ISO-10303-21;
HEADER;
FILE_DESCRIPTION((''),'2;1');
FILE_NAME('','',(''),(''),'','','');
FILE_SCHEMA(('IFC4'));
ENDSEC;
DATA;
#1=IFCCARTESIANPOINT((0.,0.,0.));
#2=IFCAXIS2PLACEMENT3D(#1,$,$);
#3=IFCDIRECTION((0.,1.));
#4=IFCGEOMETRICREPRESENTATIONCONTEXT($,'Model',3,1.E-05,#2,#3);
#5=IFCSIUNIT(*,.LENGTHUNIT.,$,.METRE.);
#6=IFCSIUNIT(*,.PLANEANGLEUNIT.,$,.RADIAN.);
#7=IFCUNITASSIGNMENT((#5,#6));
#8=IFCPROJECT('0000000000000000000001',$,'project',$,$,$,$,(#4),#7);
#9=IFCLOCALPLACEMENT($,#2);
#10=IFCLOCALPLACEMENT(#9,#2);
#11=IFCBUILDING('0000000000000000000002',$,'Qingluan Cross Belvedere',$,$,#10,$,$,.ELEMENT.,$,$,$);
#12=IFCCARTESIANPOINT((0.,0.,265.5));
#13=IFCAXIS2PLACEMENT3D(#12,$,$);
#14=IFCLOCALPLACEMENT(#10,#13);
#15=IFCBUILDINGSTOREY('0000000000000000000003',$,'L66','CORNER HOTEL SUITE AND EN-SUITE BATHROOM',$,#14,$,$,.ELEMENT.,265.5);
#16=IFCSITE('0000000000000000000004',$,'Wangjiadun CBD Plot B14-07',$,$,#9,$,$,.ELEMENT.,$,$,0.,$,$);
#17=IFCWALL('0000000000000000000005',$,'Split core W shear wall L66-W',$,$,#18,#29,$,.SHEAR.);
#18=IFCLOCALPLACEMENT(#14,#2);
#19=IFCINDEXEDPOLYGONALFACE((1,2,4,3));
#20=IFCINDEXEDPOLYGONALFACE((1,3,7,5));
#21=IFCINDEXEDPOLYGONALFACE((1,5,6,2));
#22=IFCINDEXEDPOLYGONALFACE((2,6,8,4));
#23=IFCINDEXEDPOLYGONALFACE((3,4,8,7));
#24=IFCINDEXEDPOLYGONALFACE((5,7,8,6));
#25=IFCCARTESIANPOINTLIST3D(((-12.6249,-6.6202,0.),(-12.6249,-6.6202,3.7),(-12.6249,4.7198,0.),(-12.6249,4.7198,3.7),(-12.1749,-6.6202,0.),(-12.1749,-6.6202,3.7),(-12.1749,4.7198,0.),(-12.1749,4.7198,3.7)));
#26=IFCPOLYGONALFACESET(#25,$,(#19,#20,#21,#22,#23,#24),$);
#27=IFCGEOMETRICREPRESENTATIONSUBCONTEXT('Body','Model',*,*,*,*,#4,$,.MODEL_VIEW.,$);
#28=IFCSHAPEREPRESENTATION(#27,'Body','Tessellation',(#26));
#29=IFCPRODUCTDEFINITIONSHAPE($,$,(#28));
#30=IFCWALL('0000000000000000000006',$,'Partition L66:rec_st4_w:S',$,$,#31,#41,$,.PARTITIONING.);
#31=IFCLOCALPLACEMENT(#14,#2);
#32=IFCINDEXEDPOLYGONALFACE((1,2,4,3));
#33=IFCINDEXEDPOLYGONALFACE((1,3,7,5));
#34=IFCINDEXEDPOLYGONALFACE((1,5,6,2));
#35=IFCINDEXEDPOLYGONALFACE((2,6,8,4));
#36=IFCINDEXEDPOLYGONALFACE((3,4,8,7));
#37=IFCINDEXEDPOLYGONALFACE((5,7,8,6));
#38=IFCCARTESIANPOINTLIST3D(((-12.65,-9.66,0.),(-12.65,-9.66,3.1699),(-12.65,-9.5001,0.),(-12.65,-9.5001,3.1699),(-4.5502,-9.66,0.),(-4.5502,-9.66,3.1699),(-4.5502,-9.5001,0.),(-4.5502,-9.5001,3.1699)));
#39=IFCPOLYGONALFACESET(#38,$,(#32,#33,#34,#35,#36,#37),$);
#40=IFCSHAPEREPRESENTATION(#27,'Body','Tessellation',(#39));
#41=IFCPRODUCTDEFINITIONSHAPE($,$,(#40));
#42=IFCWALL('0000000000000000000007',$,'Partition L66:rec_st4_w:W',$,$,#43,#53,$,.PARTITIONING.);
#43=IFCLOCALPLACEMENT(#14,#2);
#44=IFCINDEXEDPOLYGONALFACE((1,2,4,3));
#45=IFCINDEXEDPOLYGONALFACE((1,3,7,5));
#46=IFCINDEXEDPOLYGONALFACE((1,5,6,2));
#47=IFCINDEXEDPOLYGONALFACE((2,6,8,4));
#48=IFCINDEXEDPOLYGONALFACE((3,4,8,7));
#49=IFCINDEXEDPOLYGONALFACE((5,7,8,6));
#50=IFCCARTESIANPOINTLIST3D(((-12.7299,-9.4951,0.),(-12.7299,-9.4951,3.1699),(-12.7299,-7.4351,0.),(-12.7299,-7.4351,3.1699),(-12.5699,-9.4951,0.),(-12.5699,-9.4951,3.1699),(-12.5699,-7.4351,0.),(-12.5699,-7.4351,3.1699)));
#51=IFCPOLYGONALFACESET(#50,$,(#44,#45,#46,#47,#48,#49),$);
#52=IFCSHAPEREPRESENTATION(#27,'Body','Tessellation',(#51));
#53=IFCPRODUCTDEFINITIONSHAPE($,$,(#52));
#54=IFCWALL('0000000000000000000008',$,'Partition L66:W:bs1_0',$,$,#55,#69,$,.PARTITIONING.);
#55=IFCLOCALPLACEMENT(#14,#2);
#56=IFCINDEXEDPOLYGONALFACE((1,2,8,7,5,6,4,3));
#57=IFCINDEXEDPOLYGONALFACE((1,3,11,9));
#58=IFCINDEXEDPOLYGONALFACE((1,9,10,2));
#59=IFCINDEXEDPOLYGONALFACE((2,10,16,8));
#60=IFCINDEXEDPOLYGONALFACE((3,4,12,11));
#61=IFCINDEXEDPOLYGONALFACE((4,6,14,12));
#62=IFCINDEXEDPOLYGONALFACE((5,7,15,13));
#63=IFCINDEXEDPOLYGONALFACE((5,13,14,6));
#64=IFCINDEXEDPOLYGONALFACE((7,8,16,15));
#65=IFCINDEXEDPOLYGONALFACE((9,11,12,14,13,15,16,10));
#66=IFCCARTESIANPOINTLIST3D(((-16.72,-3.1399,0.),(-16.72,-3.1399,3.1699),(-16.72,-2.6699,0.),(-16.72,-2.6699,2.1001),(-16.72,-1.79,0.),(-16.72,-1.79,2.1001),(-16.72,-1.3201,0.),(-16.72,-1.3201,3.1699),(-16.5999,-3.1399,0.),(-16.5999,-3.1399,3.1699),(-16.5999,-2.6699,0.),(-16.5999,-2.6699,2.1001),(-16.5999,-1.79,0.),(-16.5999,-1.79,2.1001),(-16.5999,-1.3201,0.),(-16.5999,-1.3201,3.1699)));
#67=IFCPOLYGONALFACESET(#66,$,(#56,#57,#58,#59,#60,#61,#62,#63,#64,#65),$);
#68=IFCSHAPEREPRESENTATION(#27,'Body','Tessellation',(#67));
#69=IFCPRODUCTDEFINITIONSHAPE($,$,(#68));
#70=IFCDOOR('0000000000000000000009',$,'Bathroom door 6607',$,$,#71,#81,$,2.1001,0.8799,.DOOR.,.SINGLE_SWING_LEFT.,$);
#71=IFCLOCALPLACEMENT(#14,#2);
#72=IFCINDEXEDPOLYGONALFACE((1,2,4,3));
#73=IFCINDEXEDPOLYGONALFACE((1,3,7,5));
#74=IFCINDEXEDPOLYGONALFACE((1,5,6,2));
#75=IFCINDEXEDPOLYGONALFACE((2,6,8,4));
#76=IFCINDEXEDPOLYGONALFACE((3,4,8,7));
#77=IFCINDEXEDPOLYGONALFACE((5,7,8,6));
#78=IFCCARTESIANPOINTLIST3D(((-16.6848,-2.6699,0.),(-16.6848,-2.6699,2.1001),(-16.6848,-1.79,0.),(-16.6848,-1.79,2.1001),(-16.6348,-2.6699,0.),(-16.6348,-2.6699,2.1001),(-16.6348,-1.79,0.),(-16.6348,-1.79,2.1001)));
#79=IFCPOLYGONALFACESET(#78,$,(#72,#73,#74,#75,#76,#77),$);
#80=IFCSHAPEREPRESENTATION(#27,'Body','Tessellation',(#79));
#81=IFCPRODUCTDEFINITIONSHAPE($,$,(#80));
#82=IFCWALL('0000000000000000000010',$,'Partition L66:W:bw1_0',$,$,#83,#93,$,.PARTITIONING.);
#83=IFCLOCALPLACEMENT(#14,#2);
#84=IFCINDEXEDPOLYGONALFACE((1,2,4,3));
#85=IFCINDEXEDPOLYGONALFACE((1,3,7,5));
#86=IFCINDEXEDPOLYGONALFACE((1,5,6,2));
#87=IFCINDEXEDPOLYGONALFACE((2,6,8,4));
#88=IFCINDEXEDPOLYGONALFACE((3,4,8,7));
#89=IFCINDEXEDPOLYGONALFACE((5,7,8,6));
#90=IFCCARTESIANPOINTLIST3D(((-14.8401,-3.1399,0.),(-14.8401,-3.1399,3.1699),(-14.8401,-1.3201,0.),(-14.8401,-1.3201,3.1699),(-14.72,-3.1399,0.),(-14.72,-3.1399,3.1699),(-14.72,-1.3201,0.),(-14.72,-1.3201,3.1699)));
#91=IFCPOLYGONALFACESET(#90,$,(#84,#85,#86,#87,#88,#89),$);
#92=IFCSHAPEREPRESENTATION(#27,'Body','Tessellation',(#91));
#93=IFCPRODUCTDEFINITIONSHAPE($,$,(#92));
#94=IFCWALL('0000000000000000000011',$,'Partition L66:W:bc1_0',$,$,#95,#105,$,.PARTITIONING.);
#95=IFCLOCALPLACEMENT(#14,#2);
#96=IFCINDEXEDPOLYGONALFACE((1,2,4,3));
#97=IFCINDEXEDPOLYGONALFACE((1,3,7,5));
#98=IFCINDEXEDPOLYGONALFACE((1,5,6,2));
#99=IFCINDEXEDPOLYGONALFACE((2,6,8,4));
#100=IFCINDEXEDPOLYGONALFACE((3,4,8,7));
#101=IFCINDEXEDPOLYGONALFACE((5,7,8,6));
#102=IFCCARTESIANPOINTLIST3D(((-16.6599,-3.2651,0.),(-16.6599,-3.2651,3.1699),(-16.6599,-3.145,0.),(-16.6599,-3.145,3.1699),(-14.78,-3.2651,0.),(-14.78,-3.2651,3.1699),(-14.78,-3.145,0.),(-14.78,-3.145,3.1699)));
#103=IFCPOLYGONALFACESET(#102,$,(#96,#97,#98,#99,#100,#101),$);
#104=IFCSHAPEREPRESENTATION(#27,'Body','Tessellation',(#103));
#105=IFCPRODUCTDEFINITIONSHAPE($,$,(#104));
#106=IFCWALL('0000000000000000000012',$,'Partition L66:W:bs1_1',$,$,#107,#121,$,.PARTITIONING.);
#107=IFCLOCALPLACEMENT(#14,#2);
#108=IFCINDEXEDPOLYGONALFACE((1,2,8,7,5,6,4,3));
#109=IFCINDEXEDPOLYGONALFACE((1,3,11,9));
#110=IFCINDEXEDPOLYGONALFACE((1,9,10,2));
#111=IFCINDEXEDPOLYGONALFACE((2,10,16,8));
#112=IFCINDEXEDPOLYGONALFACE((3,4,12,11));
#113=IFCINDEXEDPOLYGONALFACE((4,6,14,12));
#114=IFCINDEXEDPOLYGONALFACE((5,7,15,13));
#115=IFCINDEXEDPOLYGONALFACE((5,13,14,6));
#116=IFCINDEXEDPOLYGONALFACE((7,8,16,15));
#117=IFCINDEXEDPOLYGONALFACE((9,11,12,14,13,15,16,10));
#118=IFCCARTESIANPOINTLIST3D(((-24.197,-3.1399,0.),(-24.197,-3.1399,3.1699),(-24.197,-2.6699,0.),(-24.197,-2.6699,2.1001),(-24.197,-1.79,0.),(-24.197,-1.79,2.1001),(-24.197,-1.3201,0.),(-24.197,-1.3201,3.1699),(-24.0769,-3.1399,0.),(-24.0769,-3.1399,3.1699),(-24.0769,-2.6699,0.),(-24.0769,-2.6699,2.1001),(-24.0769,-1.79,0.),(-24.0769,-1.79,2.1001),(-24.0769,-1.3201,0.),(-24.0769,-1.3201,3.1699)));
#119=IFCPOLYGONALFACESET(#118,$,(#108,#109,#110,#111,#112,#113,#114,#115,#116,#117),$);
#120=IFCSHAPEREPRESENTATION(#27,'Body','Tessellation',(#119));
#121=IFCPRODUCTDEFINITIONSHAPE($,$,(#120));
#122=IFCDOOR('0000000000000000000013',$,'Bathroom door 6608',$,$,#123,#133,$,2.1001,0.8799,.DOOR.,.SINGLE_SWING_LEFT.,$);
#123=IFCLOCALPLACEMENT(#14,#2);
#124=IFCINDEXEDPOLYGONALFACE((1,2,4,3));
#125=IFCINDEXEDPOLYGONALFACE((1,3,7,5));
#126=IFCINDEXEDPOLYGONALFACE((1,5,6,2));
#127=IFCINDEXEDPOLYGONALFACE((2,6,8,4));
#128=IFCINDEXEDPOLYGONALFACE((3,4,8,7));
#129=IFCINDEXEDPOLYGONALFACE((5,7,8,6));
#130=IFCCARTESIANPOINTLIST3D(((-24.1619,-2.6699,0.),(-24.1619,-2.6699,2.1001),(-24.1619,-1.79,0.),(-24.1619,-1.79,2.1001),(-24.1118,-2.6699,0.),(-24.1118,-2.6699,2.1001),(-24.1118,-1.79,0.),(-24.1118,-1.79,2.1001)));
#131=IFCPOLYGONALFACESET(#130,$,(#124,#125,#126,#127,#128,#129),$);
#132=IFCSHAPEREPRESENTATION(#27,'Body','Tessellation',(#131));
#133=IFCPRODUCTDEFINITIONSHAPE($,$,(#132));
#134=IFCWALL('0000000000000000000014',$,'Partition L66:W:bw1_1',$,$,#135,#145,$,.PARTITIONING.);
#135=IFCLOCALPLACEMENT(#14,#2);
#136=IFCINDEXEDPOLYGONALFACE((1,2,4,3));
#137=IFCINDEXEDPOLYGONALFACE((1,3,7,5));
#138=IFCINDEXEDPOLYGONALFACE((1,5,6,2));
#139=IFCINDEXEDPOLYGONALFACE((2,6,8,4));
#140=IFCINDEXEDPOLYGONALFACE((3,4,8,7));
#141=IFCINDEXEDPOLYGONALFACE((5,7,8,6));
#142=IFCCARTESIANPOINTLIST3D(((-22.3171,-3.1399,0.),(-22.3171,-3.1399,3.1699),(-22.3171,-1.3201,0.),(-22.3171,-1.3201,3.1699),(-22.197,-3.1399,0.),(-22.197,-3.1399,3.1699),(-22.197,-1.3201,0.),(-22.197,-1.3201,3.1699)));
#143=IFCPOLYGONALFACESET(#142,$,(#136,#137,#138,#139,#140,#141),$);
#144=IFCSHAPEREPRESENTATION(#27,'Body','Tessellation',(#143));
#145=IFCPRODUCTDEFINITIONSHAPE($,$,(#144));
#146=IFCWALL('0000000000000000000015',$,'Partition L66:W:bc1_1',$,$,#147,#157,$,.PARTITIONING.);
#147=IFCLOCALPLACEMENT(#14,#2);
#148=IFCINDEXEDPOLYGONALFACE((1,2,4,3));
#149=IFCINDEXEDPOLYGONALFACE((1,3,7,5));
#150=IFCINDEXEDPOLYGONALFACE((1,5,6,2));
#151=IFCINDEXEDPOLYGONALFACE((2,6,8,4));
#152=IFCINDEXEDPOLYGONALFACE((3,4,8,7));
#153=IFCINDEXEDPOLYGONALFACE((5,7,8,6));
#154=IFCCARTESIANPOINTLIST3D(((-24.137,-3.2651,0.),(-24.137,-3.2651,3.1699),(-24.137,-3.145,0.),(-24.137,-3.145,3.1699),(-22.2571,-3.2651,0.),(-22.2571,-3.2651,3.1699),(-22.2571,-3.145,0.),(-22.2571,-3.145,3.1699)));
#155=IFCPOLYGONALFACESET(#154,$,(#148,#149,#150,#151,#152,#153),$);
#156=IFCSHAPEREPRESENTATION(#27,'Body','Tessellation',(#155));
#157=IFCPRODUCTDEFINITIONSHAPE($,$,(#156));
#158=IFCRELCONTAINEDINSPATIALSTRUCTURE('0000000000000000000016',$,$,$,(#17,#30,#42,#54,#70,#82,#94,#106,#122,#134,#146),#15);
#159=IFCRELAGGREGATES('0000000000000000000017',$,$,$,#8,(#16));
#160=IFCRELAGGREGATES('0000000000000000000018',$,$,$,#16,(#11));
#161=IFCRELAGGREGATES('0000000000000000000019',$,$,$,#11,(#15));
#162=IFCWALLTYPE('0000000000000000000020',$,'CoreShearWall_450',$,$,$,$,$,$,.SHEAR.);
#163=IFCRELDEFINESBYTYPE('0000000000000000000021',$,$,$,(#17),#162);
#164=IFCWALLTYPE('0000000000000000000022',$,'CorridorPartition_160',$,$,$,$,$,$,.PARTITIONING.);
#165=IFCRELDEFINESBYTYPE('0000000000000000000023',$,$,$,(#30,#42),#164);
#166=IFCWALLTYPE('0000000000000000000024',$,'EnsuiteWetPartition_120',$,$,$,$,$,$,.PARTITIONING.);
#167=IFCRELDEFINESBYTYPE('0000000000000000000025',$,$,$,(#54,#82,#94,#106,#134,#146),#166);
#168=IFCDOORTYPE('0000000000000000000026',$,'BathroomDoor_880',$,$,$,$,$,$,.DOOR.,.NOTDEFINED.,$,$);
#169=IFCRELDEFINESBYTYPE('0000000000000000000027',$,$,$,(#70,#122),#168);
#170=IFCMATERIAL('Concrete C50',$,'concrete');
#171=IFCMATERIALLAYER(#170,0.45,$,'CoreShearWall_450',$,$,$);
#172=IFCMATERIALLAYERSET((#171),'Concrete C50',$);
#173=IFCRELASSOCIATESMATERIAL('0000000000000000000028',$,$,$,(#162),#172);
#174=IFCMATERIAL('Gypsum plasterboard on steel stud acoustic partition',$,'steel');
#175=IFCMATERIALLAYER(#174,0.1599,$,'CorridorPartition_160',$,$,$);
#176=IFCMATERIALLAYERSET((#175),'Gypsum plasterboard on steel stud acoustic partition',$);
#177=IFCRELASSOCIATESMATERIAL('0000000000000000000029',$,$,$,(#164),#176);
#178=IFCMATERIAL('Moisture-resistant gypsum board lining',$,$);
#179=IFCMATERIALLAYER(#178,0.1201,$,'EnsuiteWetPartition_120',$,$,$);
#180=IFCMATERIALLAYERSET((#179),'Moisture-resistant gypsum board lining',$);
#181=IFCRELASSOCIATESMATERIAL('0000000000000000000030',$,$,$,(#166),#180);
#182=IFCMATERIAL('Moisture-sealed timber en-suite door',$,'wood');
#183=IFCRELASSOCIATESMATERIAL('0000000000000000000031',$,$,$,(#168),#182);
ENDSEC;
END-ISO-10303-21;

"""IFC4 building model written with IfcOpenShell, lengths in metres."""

from ifc_helpers import new_model, si_unit, direction, frame, frame_2d, origin, place, context, subcontext, project, spatial, rectangle, extrude, material, layer, layer_set, type_object, element, fill, save


model = new_model("IFC4")

# Units and contexts
model_context = context("Model", 3, precision=1e-05, world=origin(), true_north=direction((0.0, 1.0)))
body_context = subcontext(model_context, "Body", "Model", "MODEL_VIEW")
ifc_project = project(units=[si_unit("LENGTHUNIT", "METRE"), si_unit("PLANEANGLEUNIT", "RADIAN")], contexts=[model_context])

# Site, building, storey
site_placement = place(None, origin())
site = spatial("IfcSite", under=ifc_project, at=site_placement, Name="Wangjiadun CBD Plot B14-07", CompositionType="ELEMENT", RefElevation=0.0)
building_placement = place(site_placement, origin())
building = spatial("IfcBuilding", under=site, at=building_placement, Name="Qingluan Cross Belvedere", CompositionType="ELEMENT")
storey_placement = place(building_placement, frame((0.0, 0.0, 265.5)))
storey = spatial("IfcBuildingStorey", under=building, at=storey_placement, Name="L66", Description="CORNER HOTEL SUITE AND EN-SUITE BATHROOM", CompositionType="ELEMENT", Elevation=265.5)

# Walls
ifc_material_1 = material(Name="Concrete C50", Category="concrete")
ifc_layer_1 = layer(ifc_material_1, 0.45, Name="CoreShearWall_450")
ifc_layer_set_1 = layer_set([ifc_layer_1], Name="Concrete C50")
wall_type_1 = type_object("IfcWallType", Name="CoreShearWall_450", PredefinedType="SHEAR", material=ifc_layer_set_1)
wall_1_placement = place(storey_placement, frame((-12.3999, -6.6201, 0.0), z_axis=(0.0, 0.0, 1.0), x_axis=(0.0, 1.0, 0.0)))
element("IfcWall", 1, at=wall_1_placement, inside=storey, type_object=wall_type_1, Name="Split core W shear wall L66-W", PredefinedType="SHEAR", context=body_context, shape_type="SweptSolid", body=[
    extrude(rectangle(XDim=11.3401, YDim=0.45, at=frame_2d((5.6699, 0.0))), origin(), (0.0, 0.0, 1.0), 3.7),
])
ifc_material_2 = material(Name="Gypsum plasterboard on steel stud acoustic partition", Category="steel")
ifc_layer_2 = layer(ifc_material_2, 0.1599, Name="CorridorPartition_160")
ifc_layer_set_2 = layer_set([ifc_layer_2], Name="Gypsum plasterboard on steel stud acoustic partition")
wall_type_2 = type_object("IfcWallType", Name="CorridorPartition_160", PredefinedType="PARTITIONING", material=ifc_layer_set_2)
wall_2_placement = place(storey_placement, frame((-12.6499, -9.5801, 0.0), z_axis=(0.0, 0.0, 1.0), x_axis=(1.0, 0.0, 0.0)))
element("IfcWall", 2, at=wall_2_placement, inside=storey, type_object=wall_type_2, Name="Partition L66:rec_st4_w:S", PredefinedType="PARTITIONING", context=body_context, shape_type="SweptSolid", body=[
    extrude(rectangle(XDim=8.0999, YDim=0.1599, at=frame_2d((4.0498, 0.0))), origin(), (0.0, 0.0, 1.0), 3.1699),
])
wall_3_placement = place(storey_placement, frame((-12.6499, -9.4951, 0.0), z_axis=(0.0, 0.0, 1.0), x_axis=(0.0, 1.0, 0.0)))
element("IfcWall", 3, at=wall_3_placement, inside=storey, type_object=wall_type_2, Name="Partition L66:rec_st4_w:W", PredefinedType="PARTITIONING", context=body_context, shape_type="SweptSolid", body=[
    extrude(rectangle(XDim=2.0601, YDim=0.1599, at=frame_2d((1.03, 0.0))), origin(), (0.0, 0.0, 1.0), 3.1699),
])

# Wall, opening, door
ifc_material_3 = material(Name="Moisture-resistant gypsum board lining")
ifc_layer_3 = layer(ifc_material_3, 0.1201, Name="EnsuiteWetPartition_120")
ifc_layer_set_3 = layer_set([ifc_layer_3], Name="Moisture-resistant gypsum board lining")
wall_type_3 = type_object("IfcWallType", Name="EnsuiteWetPartition_120", PredefinedType="PARTITIONING", material=ifc_layer_set_3)
wall_4_placement = place(storey_placement, frame((-16.6599, -3.1399, 0.0), z_axis=(0.0, 0.0, 1.0), x_axis=(0.0, 1.0, 0.0)))
wall_4 = element("IfcWall", 4, at=wall_4_placement, inside=storey, type_object=wall_type_3, Name="Partition L66:W:bs1_0", PredefinedType="PARTITIONING", context=body_context, shape_type="SweptSolid", body=[
    extrude(rectangle(XDim=1.8198, YDim=0.1201, at=frame_2d((0.9099, 0.0))), origin(), (0.0, 0.0, 1.0), 3.1699),
])
opening_1_placement = place(wall_4_placement, frame((0.47, 0.0, 0.0)))
opening_1 = element("IfcOpeningElement", 5, at=opening_1_placement, cuts=wall_4, PredefinedType="OPENING", context=body_context, shape_type="SweptSolid", body=[
    extrude(rectangle(XDim=0.8799, YDim=2.1001, at=frame_2d((0.4399, 1.05))), frame((0.0, 0.0701, 0.0), z_axis=(0.0, -1.0, 0.0), x_axis=(1.0, 0.0, 0.0)), (0.0, 0.0, 1.0), 0.1401),
])
ifc_material_4 = material(Name="Moisture-sealed timber en-suite door", Category="wood")
door_type_1 = type_object("IfcDoorType", Name="BathroomDoor_880", OperationType="NOTDEFINED", PredefinedType="DOOR", material=ifc_material_4)
door_1_placement = place(opening_1_placement, origin())
door_1 = element("IfcDoor", 6, at=door_1_placement, inside=storey, type_object=door_type_1, Name="Bathroom door 6607", OperationType="SINGLE_SWING_LEFT", OverallHeight=2.1001, OverallWidth=0.8799, PredefinedType="DOOR", context=body_context, shape_type="SweptSolid", body=[
    extrude(rectangle(XDim=0.8799, YDim=2.1001, at=frame_2d((0.4399, 1.05))), frame((0.0, 0.0249, 0.0), z_axis=(0.0, -1.0, 0.0), x_axis=(1.0, 0.0, 0.0)), (0.0, 0.0, 1.0), 0.05),
])
fill(opening_1, door_1)

# Walls
wall_5_placement = place(storey_placement, frame((-14.78, -3.1399, 0.0), z_axis=(0.0, 0.0, 1.0), x_axis=(0.0, 1.0, 0.0)))
element("IfcWall", 7, at=wall_5_placement, inside=storey, type_object=wall_type_3, Name="Partition L66:W:bw1_0", PredefinedType="PARTITIONING", context=body_context, shape_type="SweptSolid", body=[
    extrude(rectangle(XDim=1.8198, YDim=0.1201, at=frame_2d((0.9099, 0.0))), origin(), (0.0, 0.0, 1.0), 3.1699),
])
wall_6_placement = place(storey_placement, frame((-14.78, -3.2051, 0.0), z_axis=(0.0, 0.0, 1.0), x_axis=(-1.0, 0.0, 0.0)))
element("IfcWall", 8, at=wall_6_placement, inside=storey, type_object=wall_type_3, Name="Partition L66:W:bc1_0", PredefinedType="PARTITIONING", context=body_context, shape_type="SweptSolid", body=[
    extrude(rectangle(XDim=1.8799, YDim=0.1201, at=frame_2d((0.9399, 0.0))), origin(), (0.0, 0.0, 1.0), 3.1699),
])

# Wall, opening, door
wall_7_placement = place(storey_placement, frame((-24.137, -3.1399, 0.0), z_axis=(0.0, 0.0, 1.0), x_axis=(0.0, 1.0, 0.0)))
wall_7 = element("IfcWall", 9, at=wall_7_placement, inside=storey, type_object=wall_type_3, Name="Partition L66:W:bs1_1", PredefinedType="PARTITIONING", context=body_context, shape_type="SweptSolid", body=[
    extrude(rectangle(XDim=1.8198, YDim=0.1201, at=frame_2d((0.9099, 0.0))), origin(), (0.0, 0.0, 1.0), 3.1699),
])
opening_2_placement = place(wall_7_placement, frame((0.47, 0.0, 0.0)))
opening_2 = element("IfcOpeningElement", 10, at=opening_2_placement, cuts=wall_7, PredefinedType="OPENING", context=body_context, shape_type="SweptSolid", body=[
    extrude(rectangle(XDim=0.8799, YDim=2.1001, at=frame_2d((0.4399, 1.05))), frame((0.0, 0.0701, 0.0), z_axis=(0.0, -1.0, 0.0), x_axis=(1.0, 0.0, 0.0)), (0.0, 0.0, 1.0), 0.1401),
])
door_2_placement = place(opening_2_placement, origin())
door_2 = element("IfcDoor", 11, at=door_2_placement, inside=storey, type_object=door_type_1, Name="Bathroom door 6608", OperationType="SINGLE_SWING_LEFT", OverallHeight=2.1001, OverallWidth=0.8799, PredefinedType="DOOR", context=body_context, shape_type="SweptSolid", body=[
    extrude(rectangle(XDim=0.8799, YDim=2.1001, at=frame_2d((0.4399, 1.05))), frame((0.0, 0.0249, 0.0), z_axis=(0.0, -1.0, 0.0), x_axis=(1.0, 0.0, 0.0)), (0.0, 0.0, 1.0), 0.05),
])
fill(opening_2, door_2)

# Walls
wall_8_placement = place(storey_placement, frame((-22.2571, -3.1399, 0.0), z_axis=(0.0, 0.0, 1.0), x_axis=(0.0, 1.0, 0.0)))
element("IfcWall", 12, at=wall_8_placement, inside=storey, type_object=wall_type_3, Name="Partition L66:W:bw1_1", PredefinedType="PARTITIONING", context=body_context, shape_type="SweptSolid", body=[
    extrude(rectangle(XDim=1.8198, YDim=0.1201, at=frame_2d((0.9099, 0.0))), origin(), (0.0, 0.0, 1.0), 3.1699),
])
wall_9_placement = place(storey_placement, frame((-22.2571, -3.2051, 0.0), z_axis=(0.0, 0.0, 1.0), x_axis=(-1.0, 0.0, 0.0)))
element("IfcWall", 13, at=wall_9_placement, inside=storey, type_object=wall_type_3, Name="Partition L66:W:bc1_1", PredefinedType="PARTITIONING", context=body_context, shape_type="SweptSolid", body=[
    extrude(rectangle(XDim=1.8799, YDim=0.1201, at=frame_2d((0.9399, 0.0))), origin(), (0.0, 0.0, 1.0), 3.1699),
])

save(model, "model.ifc")
